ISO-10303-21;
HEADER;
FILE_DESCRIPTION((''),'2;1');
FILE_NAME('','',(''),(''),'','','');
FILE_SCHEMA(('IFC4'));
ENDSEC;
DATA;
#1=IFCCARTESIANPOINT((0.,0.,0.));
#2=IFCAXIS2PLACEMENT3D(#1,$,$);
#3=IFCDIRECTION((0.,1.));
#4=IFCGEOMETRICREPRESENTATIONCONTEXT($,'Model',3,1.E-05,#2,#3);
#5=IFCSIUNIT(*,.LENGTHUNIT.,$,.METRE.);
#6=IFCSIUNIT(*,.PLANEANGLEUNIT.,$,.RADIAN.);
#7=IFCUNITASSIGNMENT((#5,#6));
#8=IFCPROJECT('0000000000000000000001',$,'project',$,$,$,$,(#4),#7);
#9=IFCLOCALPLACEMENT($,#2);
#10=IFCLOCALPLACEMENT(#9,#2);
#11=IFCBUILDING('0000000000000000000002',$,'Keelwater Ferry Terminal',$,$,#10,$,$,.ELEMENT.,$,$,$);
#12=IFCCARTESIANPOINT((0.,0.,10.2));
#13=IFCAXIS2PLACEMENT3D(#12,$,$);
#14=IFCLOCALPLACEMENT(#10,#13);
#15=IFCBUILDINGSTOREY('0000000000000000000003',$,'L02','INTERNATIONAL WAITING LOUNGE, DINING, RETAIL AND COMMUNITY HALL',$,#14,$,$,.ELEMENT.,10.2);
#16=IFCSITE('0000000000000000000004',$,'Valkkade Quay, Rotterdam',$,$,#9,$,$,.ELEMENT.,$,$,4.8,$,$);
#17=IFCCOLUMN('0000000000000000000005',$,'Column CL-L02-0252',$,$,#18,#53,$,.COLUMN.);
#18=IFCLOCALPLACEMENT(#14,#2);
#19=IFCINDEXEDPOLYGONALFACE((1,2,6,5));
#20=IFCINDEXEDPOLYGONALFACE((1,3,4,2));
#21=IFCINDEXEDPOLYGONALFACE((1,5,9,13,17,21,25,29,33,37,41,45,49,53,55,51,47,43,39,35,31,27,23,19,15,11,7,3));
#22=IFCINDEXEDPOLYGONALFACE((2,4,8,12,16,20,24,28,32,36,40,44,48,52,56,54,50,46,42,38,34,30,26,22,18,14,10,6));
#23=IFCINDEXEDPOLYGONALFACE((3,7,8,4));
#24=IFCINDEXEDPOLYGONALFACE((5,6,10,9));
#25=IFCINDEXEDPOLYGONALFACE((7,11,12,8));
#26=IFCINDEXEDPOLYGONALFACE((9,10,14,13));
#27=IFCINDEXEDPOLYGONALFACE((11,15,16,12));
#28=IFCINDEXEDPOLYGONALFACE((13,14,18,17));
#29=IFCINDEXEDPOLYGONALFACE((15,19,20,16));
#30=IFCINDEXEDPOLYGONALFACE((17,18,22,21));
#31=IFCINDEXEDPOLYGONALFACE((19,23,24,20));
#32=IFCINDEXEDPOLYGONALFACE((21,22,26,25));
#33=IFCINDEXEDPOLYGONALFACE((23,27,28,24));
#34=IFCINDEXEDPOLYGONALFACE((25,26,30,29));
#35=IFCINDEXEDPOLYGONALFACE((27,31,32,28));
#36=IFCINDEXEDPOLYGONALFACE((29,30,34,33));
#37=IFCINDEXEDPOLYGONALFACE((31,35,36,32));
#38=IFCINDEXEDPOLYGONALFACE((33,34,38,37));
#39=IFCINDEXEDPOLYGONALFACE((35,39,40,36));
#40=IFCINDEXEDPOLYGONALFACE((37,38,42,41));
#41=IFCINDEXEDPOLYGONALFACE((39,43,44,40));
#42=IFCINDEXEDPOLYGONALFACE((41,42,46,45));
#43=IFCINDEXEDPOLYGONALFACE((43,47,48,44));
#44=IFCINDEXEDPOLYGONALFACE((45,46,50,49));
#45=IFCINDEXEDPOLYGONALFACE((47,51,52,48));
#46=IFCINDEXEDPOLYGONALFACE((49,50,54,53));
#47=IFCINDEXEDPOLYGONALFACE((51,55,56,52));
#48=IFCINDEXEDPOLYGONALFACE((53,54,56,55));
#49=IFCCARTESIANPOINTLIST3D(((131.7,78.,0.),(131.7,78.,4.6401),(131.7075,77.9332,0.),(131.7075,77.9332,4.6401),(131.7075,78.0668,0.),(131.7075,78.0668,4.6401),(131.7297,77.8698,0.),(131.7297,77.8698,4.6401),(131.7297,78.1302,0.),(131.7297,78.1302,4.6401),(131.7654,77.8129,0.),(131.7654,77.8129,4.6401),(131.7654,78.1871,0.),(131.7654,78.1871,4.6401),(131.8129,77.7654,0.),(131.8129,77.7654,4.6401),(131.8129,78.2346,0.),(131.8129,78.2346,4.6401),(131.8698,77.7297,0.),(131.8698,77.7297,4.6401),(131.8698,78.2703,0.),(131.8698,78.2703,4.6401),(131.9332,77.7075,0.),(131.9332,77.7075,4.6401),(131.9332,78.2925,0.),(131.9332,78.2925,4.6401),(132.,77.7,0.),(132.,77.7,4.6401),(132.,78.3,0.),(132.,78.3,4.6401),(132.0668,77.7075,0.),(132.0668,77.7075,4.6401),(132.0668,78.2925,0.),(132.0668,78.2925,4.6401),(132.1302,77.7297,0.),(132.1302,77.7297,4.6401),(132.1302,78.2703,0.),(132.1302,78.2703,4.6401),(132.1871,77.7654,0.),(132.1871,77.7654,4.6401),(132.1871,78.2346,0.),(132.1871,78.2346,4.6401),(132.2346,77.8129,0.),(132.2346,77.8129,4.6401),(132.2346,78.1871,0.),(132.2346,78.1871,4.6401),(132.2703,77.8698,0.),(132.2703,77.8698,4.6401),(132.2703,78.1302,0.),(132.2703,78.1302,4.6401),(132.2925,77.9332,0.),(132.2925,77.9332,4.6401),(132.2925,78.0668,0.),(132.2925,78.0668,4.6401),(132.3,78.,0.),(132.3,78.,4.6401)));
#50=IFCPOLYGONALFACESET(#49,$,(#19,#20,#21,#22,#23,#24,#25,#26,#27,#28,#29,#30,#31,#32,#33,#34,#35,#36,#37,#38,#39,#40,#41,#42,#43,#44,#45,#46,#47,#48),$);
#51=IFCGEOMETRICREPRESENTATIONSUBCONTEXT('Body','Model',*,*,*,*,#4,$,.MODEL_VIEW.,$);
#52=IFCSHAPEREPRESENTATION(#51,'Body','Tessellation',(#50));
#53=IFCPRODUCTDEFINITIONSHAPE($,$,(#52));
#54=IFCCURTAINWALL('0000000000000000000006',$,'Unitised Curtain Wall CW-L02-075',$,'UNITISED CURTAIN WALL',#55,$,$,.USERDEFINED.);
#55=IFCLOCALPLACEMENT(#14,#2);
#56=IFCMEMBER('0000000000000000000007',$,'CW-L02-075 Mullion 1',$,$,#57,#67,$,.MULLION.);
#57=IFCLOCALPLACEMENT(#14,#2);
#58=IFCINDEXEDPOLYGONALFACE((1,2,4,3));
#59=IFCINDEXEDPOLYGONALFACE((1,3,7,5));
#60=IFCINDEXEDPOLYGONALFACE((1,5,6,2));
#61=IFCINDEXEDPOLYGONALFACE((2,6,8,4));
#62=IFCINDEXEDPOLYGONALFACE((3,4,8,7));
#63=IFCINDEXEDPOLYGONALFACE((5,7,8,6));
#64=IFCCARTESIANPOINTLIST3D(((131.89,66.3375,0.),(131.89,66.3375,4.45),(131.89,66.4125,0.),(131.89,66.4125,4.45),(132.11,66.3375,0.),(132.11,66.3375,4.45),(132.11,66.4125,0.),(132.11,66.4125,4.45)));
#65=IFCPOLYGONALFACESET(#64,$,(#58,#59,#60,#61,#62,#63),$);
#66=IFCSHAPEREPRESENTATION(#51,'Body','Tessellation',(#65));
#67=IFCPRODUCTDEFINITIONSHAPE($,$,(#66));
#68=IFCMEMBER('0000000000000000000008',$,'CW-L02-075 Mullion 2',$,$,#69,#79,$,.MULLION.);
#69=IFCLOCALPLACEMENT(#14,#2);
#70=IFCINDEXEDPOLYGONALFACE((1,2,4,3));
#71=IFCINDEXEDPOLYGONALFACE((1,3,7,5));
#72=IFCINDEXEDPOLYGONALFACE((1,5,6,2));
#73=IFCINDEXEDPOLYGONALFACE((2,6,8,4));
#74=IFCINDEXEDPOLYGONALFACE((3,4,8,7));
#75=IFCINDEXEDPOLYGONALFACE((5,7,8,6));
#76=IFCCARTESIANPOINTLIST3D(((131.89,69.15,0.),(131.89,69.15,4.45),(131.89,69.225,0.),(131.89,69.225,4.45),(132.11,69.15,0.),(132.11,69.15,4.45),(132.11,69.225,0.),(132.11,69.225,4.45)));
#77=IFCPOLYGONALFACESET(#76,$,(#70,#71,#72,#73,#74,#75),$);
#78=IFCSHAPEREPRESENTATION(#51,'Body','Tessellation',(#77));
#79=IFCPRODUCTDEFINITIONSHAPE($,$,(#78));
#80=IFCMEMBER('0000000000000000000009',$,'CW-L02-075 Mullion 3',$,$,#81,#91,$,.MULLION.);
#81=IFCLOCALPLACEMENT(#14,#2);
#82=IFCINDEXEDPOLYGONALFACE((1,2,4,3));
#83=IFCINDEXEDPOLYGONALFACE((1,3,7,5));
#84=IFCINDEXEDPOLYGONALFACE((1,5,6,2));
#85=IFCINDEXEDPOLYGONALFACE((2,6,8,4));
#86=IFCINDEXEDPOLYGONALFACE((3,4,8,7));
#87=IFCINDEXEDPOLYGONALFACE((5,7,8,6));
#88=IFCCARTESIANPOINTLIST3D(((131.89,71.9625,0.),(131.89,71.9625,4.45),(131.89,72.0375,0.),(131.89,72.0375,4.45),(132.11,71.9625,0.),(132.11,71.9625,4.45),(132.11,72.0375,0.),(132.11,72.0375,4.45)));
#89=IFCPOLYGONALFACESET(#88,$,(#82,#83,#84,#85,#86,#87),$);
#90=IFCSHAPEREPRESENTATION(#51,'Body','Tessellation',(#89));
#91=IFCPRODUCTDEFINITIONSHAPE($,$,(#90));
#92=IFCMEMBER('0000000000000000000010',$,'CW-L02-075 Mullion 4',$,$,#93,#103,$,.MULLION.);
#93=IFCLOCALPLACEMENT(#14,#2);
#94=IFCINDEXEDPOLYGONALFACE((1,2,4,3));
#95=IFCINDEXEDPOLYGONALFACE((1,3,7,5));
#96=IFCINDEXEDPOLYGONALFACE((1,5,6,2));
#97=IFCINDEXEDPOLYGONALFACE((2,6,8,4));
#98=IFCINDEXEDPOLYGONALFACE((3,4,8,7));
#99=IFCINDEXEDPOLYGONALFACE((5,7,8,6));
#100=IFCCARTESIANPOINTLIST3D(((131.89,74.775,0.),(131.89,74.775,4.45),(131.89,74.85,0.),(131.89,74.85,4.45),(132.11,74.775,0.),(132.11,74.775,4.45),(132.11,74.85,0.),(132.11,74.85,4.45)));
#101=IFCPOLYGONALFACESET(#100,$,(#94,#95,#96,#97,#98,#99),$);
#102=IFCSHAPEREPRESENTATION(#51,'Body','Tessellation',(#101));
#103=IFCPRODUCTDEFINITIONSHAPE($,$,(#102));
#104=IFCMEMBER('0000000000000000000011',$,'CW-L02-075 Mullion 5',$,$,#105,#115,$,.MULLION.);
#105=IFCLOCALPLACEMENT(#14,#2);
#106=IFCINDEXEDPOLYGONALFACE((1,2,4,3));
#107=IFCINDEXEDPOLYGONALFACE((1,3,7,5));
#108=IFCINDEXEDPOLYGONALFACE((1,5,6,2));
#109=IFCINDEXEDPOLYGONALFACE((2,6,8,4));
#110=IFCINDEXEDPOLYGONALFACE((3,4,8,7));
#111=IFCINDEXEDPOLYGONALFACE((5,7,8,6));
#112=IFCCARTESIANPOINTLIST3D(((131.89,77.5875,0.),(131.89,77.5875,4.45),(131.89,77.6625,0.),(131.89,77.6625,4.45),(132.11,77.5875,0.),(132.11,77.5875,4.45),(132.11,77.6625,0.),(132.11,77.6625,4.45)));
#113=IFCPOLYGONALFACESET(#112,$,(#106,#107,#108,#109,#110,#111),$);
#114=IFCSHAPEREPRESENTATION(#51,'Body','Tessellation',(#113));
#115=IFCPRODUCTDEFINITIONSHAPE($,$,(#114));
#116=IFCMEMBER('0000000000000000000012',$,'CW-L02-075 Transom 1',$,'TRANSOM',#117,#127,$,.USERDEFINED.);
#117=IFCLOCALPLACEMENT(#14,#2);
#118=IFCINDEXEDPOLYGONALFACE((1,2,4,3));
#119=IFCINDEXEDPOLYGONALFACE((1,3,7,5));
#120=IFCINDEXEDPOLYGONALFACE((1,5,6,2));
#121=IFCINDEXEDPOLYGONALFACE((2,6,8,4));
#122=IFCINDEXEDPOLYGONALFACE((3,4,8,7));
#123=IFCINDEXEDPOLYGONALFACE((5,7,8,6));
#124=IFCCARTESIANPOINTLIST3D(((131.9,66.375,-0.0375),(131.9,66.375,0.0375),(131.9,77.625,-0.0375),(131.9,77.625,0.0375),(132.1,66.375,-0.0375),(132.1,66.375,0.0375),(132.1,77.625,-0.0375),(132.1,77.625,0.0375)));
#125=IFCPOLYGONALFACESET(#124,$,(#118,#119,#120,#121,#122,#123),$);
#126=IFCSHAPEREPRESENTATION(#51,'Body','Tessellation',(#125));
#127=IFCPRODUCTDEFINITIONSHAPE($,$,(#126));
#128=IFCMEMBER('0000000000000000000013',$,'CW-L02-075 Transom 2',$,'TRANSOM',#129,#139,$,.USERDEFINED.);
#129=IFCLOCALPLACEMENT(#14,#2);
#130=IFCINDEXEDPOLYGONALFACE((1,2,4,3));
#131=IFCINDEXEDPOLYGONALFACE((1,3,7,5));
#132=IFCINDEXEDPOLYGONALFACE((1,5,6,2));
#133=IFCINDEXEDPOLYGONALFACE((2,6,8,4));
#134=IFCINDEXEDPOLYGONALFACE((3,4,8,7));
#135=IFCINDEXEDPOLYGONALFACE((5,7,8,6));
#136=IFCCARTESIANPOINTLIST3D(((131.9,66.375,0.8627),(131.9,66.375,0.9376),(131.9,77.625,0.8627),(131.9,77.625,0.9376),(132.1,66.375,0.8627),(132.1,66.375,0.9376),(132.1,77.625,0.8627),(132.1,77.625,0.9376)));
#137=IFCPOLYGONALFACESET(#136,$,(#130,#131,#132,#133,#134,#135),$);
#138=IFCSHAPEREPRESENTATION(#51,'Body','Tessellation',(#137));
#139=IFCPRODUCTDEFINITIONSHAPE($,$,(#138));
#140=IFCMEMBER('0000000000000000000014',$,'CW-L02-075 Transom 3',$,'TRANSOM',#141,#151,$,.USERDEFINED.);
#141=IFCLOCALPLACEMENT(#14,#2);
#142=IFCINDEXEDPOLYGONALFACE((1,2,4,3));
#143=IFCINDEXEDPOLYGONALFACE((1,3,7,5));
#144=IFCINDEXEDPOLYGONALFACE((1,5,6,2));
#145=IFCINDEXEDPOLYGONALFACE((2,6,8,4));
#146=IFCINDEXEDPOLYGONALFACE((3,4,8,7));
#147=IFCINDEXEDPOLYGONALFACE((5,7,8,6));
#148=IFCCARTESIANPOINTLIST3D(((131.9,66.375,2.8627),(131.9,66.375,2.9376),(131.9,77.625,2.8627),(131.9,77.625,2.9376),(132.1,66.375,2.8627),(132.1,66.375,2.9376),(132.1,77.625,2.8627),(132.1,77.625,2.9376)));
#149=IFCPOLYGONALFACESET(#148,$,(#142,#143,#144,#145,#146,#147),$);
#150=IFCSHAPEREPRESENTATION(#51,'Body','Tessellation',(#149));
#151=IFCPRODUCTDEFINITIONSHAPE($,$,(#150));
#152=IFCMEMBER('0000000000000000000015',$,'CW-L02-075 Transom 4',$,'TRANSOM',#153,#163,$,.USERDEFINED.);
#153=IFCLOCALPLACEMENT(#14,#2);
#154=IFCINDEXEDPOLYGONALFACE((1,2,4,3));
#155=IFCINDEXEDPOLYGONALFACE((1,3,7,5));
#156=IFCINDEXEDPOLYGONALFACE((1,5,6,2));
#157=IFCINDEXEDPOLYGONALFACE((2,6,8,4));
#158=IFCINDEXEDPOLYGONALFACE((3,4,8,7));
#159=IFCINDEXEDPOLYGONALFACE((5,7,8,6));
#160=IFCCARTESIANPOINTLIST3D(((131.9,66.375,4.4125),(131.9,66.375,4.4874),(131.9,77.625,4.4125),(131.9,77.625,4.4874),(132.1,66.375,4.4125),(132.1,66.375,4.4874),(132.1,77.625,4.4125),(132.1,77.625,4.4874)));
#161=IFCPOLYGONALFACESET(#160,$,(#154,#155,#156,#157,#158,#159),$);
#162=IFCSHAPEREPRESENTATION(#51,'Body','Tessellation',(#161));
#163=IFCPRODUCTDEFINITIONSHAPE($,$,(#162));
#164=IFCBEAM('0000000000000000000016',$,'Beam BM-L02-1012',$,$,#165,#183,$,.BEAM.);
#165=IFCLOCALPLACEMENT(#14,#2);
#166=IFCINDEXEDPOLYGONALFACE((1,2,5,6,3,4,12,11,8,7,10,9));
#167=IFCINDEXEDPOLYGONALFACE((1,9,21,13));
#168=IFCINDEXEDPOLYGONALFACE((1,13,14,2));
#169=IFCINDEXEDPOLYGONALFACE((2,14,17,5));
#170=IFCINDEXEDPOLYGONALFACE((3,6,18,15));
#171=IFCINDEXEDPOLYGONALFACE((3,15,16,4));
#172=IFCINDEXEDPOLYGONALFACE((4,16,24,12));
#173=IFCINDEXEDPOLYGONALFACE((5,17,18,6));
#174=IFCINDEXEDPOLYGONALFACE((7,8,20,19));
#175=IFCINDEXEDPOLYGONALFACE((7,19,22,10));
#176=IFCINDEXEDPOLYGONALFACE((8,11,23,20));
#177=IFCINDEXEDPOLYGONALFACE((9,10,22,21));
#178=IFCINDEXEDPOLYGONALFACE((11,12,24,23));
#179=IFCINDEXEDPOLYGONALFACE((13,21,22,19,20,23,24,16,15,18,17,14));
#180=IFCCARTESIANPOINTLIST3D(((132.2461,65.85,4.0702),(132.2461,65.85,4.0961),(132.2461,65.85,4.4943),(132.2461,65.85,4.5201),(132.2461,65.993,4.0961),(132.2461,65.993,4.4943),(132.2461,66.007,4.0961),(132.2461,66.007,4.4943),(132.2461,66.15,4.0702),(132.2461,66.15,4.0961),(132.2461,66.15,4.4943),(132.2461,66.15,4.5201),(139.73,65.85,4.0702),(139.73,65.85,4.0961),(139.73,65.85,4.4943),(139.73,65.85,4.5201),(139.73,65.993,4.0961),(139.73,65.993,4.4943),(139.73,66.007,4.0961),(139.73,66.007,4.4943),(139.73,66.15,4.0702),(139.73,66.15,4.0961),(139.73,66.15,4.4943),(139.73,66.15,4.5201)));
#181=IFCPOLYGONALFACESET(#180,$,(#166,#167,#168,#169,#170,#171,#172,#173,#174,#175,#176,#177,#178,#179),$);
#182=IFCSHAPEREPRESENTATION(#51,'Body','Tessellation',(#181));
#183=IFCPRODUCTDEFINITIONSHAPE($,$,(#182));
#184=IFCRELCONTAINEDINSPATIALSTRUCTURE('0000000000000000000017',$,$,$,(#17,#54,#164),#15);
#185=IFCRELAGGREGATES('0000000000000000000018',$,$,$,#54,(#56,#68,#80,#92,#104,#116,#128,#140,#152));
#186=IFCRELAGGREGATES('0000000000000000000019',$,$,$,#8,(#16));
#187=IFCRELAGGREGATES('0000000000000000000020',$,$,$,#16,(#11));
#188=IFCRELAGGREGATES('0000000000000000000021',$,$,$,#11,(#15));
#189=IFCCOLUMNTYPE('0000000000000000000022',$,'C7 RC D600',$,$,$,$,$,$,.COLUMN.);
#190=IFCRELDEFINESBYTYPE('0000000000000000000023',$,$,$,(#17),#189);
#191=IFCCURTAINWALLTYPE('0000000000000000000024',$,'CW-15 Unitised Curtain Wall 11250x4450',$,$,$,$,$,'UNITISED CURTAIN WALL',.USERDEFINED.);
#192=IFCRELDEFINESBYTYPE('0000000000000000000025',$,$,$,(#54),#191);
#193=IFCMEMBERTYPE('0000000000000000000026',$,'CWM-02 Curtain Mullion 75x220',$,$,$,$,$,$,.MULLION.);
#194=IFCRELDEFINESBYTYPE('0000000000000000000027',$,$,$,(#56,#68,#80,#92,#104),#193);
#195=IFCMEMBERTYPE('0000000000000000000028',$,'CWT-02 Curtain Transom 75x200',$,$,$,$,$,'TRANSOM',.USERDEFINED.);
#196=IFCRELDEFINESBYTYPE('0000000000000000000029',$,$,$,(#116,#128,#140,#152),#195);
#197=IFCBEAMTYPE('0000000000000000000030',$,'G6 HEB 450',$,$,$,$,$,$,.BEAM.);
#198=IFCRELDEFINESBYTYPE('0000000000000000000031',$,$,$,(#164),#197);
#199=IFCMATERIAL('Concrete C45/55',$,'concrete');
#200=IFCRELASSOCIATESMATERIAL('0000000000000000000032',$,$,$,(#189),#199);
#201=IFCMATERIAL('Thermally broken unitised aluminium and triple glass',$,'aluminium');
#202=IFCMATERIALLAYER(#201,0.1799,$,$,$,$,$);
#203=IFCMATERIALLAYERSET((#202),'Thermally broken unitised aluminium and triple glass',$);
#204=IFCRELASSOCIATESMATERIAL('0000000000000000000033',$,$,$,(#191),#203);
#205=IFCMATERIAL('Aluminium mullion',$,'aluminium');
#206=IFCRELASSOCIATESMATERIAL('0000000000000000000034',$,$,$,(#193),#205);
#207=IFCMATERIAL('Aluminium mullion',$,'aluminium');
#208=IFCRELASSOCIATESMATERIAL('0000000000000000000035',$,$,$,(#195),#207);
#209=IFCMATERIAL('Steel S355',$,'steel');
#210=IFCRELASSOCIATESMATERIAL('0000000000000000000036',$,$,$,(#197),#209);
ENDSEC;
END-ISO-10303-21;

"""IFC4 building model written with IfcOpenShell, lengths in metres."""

from ifc_helpers import new_model, si_unit, direction, frame, origin, origin_2d, place, context, subcontext, project, spatial, rectangle, circle, i_section, extrude, material, layer, layer_set, material_profile, profile_set, type_object, element, aggregate, save


model = new_model("IFC4")

# Units and contexts
model_context = context("Model", 3, precision=1e-05, world=origin(), true_north=direction((0.0, 1.0)))
body_context = subcontext(model_context, "Body", "Model", "MODEL_VIEW")
ifc_project = project(units=[si_unit("LENGTHUNIT", "METRE"), si_unit("PLANEANGLEUNIT", "RADIAN")], contexts=[model_context])

# Site, building, storey
site_placement = place(None, origin())
site = spatial("IfcSite", under=ifc_project, at=site_placement, Name="Valkkade Quay, Rotterdam", CompositionType="ELEMENT", RefElevation=4.8)
building_placement = place(site_placement, origin())
building = spatial("IfcBuilding", under=site, at=building_placement, Name="Keelwater Ferry Terminal", CompositionType="ELEMENT")
storey_placement = place(building_placement, frame((0.0, 0.0, 10.2)))
storey = spatial("IfcBuildingStorey", under=building, at=storey_placement, Name="L02", Description="INTERNATIONAL WAITING LOUNGE, DINING, RETAIL AND COMMUNITY HALL", CompositionType="ELEMENT", Elevation=10.2)

# Column
ifc_material_1 = material(Name="Concrete C45/55", Category="concrete")
ifc_material_profile_1 = material_profile(ifc_material_1, circle(Radius=0.3, at=origin_2d()), Name="RC D600")
ifc_profile_set_1 = profile_set([ifc_material_profile_1], Name="Concrete C45/55")
column_type = type_object("IfcColumnType", Name="C7 RC D600", PredefinedType="COLUMN", material=ifc_profile_set_1)
column_placement = place(storey_placement, frame((132.0, 78.0, 0.0), z_axis=(0.0, 0.0, 1.0), x_axis=(1.0, 0.0, 0.0)))
element("IfcColumn", 1, at=column_placement, inside=storey, type_object=column_type, Name="Column CL-L02-0252", PredefinedType="COLUMN", context=body_context, shape_type="SweptSolid", body=[
    extrude(circle(Radius=0.3, at=origin_2d()), origin(), (0.0, 0.0, 1.0), 4.6401),
])

# Curtain wall, members
ifc_material_2 = material(Name="Thermally broken unitised aluminium and triple glass", Category="aluminium")
ifc_layer_1 = layer(ifc_material_2, 0.1799)
ifc_layer_set_1 = layer_set([ifc_layer_1], Name="Thermally broken unitised aluminium and triple glass")
curtain_wall_type = type_object("IfcCurtainWallType", Name="CW-15 Unitised Curtain Wall 11250x4450", ElementType="UNITISED CURTAIN WALL", PredefinedType="USERDEFINED", material=ifc_layer_set_1)
curtain_wall_placement = place(storey_placement, origin())
curtain_wall = element("IfcCurtainWall", 2, at=curtain_wall_placement, inside=storey, type_object=curtain_wall_type, Name="Unitised Curtain Wall CW-L02-075", ObjectType="UNITISED CURTAIN WALL", PredefinedType="USERDEFINED")
ifc_material_3 = material(Name="Aluminium mullion", Category="aluminium")
ifc_material_profile_2 = material_profile(ifc_material_3, rectangle(XDim=0.075, YDim=0.22, at=origin_2d()), Name="CWM-02")
ifc_profile_set_2 = profile_set([ifc_material_profile_2], Name="Aluminium mullion")
member_type_1 = type_object("IfcMemberType", Name="CWM-02 Curtain Mullion 75x220", PredefinedType="MULLION", material=ifc_profile_set_2)
member_1_placement = place(storey_placement, frame((132.0, 66.375, 0.0), z_axis=(0.0, 0.0, 1.0), x_axis=(0.0, 1.0, 0.0)))
member_1 = element("IfcMember", 3, at=member_1_placement, type_object=member_type_1, Name="CW-L02-075 Mullion 1", PredefinedType="MULLION", context=body_context, shape_type="SweptSolid", body=[
    extrude(rectangle(XDim=0.075, YDim=0.22, at=origin_2d()), origin(), (0.0, 0.0, 1.0), 4.45),
])
member_2_placement = place(storey_placement, frame((132.0, 69.1875, 0.0), z_axis=(0.0, 0.0, 1.0), x_axis=(0.0, 1.0, 0.0)))
member_2 = element("IfcMember", 4, at=member_2_placement, type_object=member_type_1, Name="CW-L02-075 Mullion 2", PredefinedType="MULLION", context=body_context, shape_type="SweptSolid", body=[
    extrude(rectangle(XDim=0.075, YDim=0.22, at=origin_2d()), origin(), (0.0, 0.0, 1.0), 4.45),
])
member_3_placement = place(storey_placement, frame((132.0, 72.0, 0.0), z_axis=(0.0, 0.0, 1.0), x_axis=(0.0, 1.0, 0.0)))
member_3 = element("IfcMember", 5, at=member_3_placement, type_object=member_type_1, Name="CW-L02-075 Mullion 3", PredefinedType="MULLION", context=body_context, shape_type="SweptSolid", body=[
    extrude(rectangle(XDim=0.075, YDim=0.22, at=origin_2d()), origin(), (0.0, 0.0, 1.0), 4.45),
])
member_4_placement = place(storey_placement, frame((132.0, 74.8125, 0.0), z_axis=(0.0, 0.0, 1.0), x_axis=(0.0, 1.0, 0.0)))
member_4 = element("IfcMember", 6, at=member_4_placement, type_object=member_type_1, Name="CW-L02-075 Mullion 4", PredefinedType="MULLION", context=body_context, shape_type="SweptSolid", body=[
    extrude(rectangle(XDim=0.075, YDim=0.22, at=origin_2d()), origin(), (0.0, 0.0, 1.0), 4.45),
])
member_5_placement = place(storey_placement, frame((132.0, 77.625, 0.0), z_axis=(0.0, 0.0, 1.0), x_axis=(0.0, 1.0, 0.0)))
member_5 = element("IfcMember", 7, at=member_5_placement, type_object=member_type_1, Name="CW-L02-075 Mullion 5", PredefinedType="MULLION", context=body_context, shape_type="SweptSolid", body=[
    extrude(rectangle(XDim=0.075, YDim=0.22, at=origin_2d()), origin(), (0.0, 0.0, 1.0), 4.45),
])
ifc_material_4 = material(Name="Aluminium mullion", Category="aluminium")
ifc_material_profile_3 = material_profile(ifc_material_4, rectangle(XDim=0.2, YDim=0.075, at=origin_2d()), Name="CWT-02")
ifc_profile_set_3 = profile_set([ifc_material_profile_3], Name="Aluminium mullion")
member_type_2 = type_object("IfcMemberType", Name="CWT-02 Curtain Transom 75x200", ElementType="TRANSOM", PredefinedType="USERDEFINED", material=ifc_profile_set_3)
member_6_placement = place(storey_placement, frame((132.0, 66.375, 0.0), z_axis=(0.0, 1.0, 0.0), x_axis=(-1.0, 0.0, 0.0)))
member_6 = element("IfcMember", 8, at=member_6_placement, type_object=member_type_2, Name="CW-L02-075 Transom 1", ObjectType="TRANSOM", PredefinedType="USERDEFINED", context=body_context, shape_type="SweptSolid", body=[
    extrude(rectangle(XDim=0.2, YDim=0.075, at=origin_2d()), origin(), (0.0, 0.0, 1.0), 11.25),
])
member_7_placement = place(storey_placement, frame((132.0, 66.375, 0.9001), z_axis=(0.0, 1.0, 0.0), x_axis=(-1.0, 0.0, 0.0)))
member_7 = element("IfcMember", 9, at=member_7_placement, type_object=member_type_2, Name="CW-L02-075 Transom 2", ObjectType="TRANSOM", PredefinedType="USERDEFINED", context=body_context, shape_type="SweptSolid", body=[
    extrude(rectangle(XDim=0.2, YDim=0.075, at=origin_2d()), origin(), (0.0, 0.0, 1.0), 11.25),
])
member_8_placement = place(storey_placement, frame((132.0, 66.375, 2.9001), z_axis=(0.0, 1.0, 0.0), x_axis=(-1.0, 0.0, 0.0)))
member_8 = element("IfcMember", 10, at=member_8_placement, type_object=member_type_2, Name="CW-L02-075 Transom 3", ObjectType="TRANSOM", PredefinedType="USERDEFINED", context=body_context, shape_type="SweptSolid", body=[
    extrude(rectangle(XDim=0.2, YDim=0.075, at=origin_2d()), origin(), (0.0, 0.0, 1.0), 11.25),
])
member_9_placement = place(storey_placement, frame((132.0, 66.375, 4.45), z_axis=(0.0, 1.0, 0.0), x_axis=(-1.0, 0.0, 0.0)))
member_9 = element("IfcMember", 11, at=member_9_placement, type_object=member_type_2, Name="CW-L02-075 Transom 4", ObjectType="TRANSOM", PredefinedType="USERDEFINED", context=body_context, shape_type="SweptSolid", body=[
    extrude(rectangle(XDim=0.2, YDim=0.075, at=origin_2d()), origin(), (0.0, 0.0, 1.0), 11.25),
])

# Beam
ifc_material_5 = material(Name="Steel S355", Category="steel")
ifc_material_profile_4 = material_profile(ifc_material_5, i_section(OverallWidth=0.3, OverallDepth=0.45, WebThickness=0.0139, FlangeThickness=0.0259, at=origin_2d()), Name="HEB 450")
ifc_profile_set_4 = profile_set([ifc_material_profile_4], Name="Steel S355")
beam_type_1 = type_object("IfcBeamType", Name="G6 HEB 450", PredefinedType="BEAM", material=ifc_profile_set_4)
for number, where, z_axis, x_axis, name in (
    (12, (132.2461, 66.0, 4.2952), (1.0, 0.0, 0.0), (0.0, 1.0, 0.0), "Beam BM-L02-1012"),
):
    element("IfcBeam", number, at=place(storey_placement, frame(where, z_axis=z_axis, x_axis=x_axis)), inside=storey, type_object=beam_type_1, Name=name, PredefinedType="BEAM", context=body_context, shape_type="SweptSolid", body=[
        extrude(i_section(OverallWidth=0.3, OverallDepth=0.45, WebThickness=0.0139, FlangeThickness=0.0259, at=origin_2d()), origin(), (0.0, 0.0, 1.0), 7.4839),
    ])

aggregate(curtain_wall, [member_1, member_2, member_3, member_4, member_5, member_6, member_7, member_8, member_9])

save(model, "model.ifc")
